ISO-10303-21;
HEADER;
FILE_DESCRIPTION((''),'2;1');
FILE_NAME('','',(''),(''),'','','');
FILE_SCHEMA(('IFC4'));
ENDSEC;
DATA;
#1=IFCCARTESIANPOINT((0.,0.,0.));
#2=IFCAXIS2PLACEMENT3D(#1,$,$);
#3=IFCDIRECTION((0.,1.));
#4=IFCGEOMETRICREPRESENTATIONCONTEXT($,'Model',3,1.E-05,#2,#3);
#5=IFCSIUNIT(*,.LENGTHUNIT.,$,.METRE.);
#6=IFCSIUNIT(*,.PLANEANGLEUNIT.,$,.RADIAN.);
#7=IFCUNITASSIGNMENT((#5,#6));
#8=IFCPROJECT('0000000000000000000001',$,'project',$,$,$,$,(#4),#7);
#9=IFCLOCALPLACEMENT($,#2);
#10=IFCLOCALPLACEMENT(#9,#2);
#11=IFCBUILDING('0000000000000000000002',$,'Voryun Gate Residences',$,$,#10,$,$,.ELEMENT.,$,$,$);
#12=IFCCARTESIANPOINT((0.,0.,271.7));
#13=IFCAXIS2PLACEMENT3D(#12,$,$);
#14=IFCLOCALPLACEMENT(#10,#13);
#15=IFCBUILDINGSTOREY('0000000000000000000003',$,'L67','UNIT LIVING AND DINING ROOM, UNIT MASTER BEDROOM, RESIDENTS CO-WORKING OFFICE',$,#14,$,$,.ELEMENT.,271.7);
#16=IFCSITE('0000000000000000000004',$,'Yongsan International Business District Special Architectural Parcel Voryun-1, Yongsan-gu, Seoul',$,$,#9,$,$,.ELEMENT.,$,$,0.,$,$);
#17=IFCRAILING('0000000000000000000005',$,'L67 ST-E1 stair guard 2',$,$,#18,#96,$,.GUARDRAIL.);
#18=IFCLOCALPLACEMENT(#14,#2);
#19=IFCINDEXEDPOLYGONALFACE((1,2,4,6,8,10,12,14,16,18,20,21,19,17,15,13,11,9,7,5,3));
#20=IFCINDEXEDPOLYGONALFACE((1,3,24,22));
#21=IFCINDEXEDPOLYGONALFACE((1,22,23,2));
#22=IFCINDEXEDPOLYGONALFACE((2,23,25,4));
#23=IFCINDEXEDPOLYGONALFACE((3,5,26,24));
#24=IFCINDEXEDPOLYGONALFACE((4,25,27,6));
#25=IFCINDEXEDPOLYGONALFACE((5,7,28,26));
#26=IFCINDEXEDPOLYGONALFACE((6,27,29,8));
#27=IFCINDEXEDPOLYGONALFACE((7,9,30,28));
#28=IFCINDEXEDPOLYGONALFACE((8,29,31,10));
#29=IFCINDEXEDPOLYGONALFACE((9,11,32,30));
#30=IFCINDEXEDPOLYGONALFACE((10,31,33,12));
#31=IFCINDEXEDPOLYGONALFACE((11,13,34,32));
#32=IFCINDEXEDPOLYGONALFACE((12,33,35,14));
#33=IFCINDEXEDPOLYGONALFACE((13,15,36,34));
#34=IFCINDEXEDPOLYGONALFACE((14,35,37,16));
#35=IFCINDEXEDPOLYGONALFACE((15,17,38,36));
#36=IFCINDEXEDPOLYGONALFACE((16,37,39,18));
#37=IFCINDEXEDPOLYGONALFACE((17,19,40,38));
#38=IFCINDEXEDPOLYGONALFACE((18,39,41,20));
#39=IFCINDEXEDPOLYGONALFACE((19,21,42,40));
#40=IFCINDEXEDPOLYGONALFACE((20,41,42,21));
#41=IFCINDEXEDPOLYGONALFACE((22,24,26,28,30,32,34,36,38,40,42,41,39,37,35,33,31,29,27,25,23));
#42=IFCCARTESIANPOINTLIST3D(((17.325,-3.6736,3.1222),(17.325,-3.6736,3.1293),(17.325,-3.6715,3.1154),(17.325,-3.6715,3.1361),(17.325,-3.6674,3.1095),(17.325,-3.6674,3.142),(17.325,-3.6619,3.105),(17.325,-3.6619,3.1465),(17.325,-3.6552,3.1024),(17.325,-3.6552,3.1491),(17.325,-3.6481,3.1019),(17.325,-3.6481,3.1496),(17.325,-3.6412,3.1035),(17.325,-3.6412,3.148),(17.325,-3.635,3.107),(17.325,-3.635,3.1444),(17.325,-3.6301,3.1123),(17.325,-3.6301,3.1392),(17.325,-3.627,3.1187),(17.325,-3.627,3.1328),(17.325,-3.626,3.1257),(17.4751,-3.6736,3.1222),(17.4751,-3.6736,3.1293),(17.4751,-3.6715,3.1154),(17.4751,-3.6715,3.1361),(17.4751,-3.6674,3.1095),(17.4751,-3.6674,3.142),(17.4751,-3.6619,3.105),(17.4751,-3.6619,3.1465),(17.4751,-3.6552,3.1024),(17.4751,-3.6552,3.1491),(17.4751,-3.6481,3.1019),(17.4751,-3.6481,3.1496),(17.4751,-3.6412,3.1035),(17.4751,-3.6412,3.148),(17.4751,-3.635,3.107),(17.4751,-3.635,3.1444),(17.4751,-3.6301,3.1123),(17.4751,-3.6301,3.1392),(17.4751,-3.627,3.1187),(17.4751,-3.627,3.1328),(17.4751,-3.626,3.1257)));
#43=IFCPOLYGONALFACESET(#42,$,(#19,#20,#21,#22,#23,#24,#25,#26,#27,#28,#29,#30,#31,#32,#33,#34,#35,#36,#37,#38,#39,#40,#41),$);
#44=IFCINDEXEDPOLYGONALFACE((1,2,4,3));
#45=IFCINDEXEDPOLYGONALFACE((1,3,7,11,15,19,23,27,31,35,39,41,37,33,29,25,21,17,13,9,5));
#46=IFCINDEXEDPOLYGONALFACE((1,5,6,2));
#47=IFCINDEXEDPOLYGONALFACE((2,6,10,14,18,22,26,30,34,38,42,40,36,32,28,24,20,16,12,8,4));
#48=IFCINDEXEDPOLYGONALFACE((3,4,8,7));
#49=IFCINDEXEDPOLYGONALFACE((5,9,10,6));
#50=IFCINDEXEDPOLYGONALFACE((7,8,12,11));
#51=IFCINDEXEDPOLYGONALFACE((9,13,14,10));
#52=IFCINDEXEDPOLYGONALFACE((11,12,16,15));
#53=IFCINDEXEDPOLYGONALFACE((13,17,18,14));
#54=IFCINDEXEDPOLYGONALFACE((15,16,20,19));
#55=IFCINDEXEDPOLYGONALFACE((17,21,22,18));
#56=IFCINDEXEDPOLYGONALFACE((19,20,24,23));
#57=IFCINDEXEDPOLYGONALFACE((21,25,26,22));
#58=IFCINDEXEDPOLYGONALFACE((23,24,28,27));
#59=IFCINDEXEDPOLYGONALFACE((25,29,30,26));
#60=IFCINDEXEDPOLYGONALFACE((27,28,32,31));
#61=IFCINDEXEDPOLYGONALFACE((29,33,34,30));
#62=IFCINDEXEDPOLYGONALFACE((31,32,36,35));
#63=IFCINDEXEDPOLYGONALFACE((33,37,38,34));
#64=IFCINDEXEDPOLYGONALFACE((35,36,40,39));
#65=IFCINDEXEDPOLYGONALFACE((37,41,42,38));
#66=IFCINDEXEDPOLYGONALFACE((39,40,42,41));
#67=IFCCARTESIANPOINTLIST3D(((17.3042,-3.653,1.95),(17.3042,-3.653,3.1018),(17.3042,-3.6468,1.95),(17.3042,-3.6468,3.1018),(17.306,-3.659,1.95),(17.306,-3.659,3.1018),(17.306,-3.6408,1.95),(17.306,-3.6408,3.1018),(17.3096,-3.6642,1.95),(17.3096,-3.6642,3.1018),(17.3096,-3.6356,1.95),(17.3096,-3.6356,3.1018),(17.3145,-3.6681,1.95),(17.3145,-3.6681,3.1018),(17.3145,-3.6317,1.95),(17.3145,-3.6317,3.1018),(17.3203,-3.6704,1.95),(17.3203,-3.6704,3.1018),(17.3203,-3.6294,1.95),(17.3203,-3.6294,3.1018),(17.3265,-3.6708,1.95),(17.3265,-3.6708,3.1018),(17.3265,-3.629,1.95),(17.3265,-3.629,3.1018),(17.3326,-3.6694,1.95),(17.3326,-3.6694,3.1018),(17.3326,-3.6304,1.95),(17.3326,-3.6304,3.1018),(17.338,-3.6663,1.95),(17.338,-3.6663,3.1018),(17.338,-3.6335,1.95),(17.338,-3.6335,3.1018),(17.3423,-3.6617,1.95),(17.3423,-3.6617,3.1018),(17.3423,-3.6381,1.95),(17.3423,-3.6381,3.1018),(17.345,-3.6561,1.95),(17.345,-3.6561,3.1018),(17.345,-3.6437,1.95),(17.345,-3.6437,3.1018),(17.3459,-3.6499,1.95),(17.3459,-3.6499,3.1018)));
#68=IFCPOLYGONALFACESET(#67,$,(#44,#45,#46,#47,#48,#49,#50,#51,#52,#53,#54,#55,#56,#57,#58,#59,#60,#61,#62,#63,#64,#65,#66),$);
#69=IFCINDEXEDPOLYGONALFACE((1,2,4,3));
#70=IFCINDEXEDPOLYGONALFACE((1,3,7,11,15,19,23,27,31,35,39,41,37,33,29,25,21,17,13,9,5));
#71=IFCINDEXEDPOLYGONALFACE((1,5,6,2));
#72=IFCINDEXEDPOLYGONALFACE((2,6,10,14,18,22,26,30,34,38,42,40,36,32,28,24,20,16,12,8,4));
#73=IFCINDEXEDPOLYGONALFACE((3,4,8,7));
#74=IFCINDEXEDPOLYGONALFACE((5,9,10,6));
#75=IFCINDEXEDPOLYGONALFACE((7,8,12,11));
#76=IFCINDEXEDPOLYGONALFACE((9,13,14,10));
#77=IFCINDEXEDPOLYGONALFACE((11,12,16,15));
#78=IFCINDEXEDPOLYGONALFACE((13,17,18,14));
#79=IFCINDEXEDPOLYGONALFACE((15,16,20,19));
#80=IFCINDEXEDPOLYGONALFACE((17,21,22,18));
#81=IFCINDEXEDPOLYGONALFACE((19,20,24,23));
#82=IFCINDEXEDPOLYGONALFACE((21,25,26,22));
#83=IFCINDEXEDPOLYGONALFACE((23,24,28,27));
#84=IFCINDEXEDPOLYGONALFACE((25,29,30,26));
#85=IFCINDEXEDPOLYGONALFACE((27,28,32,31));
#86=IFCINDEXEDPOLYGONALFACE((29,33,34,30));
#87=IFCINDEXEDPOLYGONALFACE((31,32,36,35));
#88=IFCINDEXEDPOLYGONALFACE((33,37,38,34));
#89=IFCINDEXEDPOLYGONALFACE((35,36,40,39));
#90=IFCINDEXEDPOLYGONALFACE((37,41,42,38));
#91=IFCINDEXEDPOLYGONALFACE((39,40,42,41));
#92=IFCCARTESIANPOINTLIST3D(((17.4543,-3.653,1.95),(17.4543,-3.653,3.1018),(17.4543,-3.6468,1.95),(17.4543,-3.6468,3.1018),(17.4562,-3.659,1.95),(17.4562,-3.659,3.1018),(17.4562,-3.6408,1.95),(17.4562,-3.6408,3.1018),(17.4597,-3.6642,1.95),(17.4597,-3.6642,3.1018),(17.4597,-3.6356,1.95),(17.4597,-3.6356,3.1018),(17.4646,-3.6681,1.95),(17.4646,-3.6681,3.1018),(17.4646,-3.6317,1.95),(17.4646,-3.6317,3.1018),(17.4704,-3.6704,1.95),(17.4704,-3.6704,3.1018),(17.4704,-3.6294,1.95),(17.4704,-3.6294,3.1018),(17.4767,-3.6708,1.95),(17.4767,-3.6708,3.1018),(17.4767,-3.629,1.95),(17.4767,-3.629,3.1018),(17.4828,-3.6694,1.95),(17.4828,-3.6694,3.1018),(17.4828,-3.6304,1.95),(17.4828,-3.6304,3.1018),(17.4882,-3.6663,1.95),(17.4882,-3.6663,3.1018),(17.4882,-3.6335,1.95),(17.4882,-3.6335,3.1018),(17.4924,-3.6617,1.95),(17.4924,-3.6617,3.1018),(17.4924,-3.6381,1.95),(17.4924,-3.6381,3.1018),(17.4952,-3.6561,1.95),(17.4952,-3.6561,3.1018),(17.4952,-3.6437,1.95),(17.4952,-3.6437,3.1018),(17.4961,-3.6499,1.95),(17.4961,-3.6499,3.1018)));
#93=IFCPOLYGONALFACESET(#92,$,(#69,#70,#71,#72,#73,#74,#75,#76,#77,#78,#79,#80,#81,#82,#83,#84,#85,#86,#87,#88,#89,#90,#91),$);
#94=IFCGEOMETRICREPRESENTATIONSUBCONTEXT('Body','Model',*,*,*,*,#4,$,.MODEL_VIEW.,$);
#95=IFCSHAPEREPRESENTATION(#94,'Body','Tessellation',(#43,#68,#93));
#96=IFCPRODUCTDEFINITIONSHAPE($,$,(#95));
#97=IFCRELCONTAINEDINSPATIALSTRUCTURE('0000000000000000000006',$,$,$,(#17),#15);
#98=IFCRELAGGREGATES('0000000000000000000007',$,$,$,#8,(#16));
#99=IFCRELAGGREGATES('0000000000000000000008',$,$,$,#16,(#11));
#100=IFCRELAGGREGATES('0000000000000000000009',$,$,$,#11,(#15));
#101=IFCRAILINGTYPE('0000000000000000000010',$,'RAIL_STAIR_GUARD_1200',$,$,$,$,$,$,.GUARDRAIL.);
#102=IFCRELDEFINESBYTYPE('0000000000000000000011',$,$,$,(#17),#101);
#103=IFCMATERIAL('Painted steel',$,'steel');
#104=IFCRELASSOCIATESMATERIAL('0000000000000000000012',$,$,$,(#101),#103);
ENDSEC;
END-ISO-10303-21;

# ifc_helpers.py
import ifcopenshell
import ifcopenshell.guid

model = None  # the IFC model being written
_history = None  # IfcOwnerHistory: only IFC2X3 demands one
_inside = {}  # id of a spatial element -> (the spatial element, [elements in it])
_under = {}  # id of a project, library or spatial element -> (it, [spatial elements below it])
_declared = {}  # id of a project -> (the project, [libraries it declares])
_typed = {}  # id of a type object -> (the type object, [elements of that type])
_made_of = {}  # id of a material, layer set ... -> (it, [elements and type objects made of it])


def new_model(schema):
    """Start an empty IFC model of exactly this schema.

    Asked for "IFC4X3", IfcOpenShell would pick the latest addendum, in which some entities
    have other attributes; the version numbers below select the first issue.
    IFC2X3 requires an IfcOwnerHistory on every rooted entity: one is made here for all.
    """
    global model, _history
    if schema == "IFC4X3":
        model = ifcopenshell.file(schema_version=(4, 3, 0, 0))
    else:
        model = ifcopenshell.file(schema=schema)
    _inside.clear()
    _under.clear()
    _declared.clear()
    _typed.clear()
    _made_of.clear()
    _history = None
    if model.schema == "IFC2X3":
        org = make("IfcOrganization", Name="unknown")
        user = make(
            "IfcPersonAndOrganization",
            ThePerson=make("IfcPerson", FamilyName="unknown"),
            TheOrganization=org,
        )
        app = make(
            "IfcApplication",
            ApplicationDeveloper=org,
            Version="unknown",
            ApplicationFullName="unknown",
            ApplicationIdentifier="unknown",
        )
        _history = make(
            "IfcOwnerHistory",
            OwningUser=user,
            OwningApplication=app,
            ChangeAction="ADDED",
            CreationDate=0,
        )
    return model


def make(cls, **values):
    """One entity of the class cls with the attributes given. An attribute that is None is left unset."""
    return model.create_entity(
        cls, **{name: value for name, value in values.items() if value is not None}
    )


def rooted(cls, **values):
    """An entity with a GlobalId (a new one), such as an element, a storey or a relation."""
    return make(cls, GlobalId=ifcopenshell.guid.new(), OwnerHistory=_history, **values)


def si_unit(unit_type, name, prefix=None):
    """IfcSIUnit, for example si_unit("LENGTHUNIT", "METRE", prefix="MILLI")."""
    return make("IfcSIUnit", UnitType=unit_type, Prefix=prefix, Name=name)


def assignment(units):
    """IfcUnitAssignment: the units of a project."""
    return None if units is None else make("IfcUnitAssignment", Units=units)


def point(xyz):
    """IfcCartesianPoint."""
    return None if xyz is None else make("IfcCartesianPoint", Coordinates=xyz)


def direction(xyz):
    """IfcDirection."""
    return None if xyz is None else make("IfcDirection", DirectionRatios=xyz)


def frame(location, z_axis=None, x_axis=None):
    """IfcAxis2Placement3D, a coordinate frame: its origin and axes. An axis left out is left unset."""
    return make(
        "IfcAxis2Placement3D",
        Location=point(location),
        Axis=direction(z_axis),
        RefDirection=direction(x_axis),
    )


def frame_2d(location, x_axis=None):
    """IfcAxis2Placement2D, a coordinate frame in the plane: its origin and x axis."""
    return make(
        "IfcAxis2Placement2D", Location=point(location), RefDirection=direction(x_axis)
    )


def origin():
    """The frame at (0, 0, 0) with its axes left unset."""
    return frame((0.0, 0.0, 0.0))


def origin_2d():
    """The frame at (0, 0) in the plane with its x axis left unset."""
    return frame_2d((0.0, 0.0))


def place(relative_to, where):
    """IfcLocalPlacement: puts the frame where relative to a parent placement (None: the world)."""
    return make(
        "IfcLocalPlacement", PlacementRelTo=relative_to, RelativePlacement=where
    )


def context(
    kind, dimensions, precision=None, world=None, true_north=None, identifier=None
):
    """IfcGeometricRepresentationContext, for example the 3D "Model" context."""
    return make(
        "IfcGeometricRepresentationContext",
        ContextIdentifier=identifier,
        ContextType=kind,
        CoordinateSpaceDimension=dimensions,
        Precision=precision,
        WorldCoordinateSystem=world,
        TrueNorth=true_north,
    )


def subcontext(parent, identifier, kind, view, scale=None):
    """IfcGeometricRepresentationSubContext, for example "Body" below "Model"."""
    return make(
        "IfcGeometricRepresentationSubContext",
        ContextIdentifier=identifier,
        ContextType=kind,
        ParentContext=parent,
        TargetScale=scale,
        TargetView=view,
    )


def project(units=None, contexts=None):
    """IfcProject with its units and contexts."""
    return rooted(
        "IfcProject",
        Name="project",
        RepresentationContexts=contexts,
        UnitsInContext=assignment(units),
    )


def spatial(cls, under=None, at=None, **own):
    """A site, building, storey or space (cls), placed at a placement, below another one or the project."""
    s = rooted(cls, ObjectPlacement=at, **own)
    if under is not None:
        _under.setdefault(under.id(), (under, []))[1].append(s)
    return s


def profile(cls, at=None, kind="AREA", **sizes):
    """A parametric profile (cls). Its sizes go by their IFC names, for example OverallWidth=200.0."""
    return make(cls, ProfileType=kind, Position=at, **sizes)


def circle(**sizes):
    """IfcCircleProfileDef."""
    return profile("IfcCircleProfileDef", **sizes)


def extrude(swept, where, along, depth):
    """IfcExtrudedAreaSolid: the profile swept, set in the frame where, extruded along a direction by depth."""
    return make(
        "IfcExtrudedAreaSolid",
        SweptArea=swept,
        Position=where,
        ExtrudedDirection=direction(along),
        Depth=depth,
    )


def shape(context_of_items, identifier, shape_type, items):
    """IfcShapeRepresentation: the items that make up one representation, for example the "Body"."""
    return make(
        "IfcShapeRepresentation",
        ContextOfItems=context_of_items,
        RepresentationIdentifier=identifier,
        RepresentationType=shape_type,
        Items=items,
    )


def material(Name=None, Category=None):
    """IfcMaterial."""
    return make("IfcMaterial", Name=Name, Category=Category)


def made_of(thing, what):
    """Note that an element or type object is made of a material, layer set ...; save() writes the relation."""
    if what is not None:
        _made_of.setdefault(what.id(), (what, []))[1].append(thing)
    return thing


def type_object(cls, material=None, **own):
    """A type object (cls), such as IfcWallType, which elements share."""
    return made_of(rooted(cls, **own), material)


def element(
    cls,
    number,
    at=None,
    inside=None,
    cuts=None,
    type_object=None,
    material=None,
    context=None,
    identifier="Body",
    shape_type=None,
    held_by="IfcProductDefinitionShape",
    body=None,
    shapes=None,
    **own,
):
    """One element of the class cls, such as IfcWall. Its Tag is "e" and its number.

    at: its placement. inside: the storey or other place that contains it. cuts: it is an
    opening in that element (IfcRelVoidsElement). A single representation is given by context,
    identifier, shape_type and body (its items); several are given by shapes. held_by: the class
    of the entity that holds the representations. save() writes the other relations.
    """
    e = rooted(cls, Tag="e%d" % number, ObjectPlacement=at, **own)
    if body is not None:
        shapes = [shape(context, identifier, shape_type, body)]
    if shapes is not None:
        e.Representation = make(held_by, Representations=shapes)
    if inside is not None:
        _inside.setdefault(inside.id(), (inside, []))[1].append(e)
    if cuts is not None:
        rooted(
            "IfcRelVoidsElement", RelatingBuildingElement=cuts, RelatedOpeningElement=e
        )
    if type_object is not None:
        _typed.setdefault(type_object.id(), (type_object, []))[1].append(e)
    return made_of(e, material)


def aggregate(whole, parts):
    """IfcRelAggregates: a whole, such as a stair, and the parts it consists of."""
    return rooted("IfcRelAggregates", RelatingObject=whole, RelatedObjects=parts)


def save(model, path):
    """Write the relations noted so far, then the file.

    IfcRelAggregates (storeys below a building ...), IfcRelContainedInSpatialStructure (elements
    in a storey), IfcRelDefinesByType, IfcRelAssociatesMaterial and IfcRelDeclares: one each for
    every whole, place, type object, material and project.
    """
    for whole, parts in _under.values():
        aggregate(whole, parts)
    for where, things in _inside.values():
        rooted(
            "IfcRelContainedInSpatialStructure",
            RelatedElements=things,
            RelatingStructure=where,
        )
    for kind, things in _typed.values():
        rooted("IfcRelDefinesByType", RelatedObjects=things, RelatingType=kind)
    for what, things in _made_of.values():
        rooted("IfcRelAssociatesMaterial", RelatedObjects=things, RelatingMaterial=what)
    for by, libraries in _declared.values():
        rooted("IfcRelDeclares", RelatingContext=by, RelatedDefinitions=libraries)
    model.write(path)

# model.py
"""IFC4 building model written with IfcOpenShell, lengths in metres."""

from ifc_helpers import new_model, si_unit, direction, frame, origin, origin_2d, place, context, subcontext, project, spatial, circle, extrude, material, type_object, element, save


model = new_model("IFC4")

# Units and contexts
model_context = context("Model", 3, precision=1e-05, world=origin(), true_north=direction((0.0, 1.0)))
body_context = subcontext(model_context, "Body", "Model", "MODEL_VIEW")
ifc_project = project(units=[si_unit("LENGTHUNIT", "METRE"), si_unit("PLANEANGLEUNIT", "RADIAN")], contexts=[model_context])

# Site, building, storey
site_placement = place(None, origin())
site = spatial("IfcSite", under=ifc_project, at=site_placement, Name="Yongsan International Business District Special Architectural Parcel Voryun-1, Yongsan-gu, Seoul", CompositionType="ELEMENT", RefElevation=0.0)
building_placement = place(site_placement, origin())
building = spatial("IfcBuilding", under=site, at=building_placement, Name="Voryun Gate Residences", CompositionType="ELEMENT")
storey_placement = place(building_placement, frame((0.0, 0.0, 271.7)))
storey = spatial("IfcBuildingStorey", under=building, at=storey_placement, Name="L67", Description="UNIT LIVING AND DINING ROOM, UNIT MASTER BEDROOM, RESIDENTS CO-WORKING OFFICE", CompositionType="ELEMENT", Elevation=271.7)

# Railing
ifc_material_1 = material(Name="Painted steel", Category="steel")
railing_type_1 = type_object("IfcRailingType", Name="RAIL_STAIR_GUARD_1200", PredefinedType="GUARDRAIL", material=ifc_material_1)
railing_1_placement = place(storey_placement, frame((17.325, -3.6499, 1.95)))
element("IfcRailing", 1, at=railing_1_placement, inside=storey, type_object=railing_type_1, Name="L67 ST-E1 stair guard 2", PredefinedType="GUARDRAIL", context=body_context, shape_type="SweptSolid", body=[
    extrude(circle(Radius=0.0239, at=origin_2d()), frame((0.0, 0.0, 1.1758), z_axis=(1.0, 0.0, 0.0), x_axis=(0.0, 1.0, 0.0)), (0.0, 0.0, 1.0), 0.1501),
    extrude(circle(Radius=0.021, at=origin_2d()), origin(), (0.0, 0.0, 1.0), 1.1519),
    extrude(circle(Radius=0.021, at=origin_2d()), frame((0.1501, 0.0, 0.0)), (0.0, 0.0, 1.0), 1.1519),
])

save(model, "model.ifc")
